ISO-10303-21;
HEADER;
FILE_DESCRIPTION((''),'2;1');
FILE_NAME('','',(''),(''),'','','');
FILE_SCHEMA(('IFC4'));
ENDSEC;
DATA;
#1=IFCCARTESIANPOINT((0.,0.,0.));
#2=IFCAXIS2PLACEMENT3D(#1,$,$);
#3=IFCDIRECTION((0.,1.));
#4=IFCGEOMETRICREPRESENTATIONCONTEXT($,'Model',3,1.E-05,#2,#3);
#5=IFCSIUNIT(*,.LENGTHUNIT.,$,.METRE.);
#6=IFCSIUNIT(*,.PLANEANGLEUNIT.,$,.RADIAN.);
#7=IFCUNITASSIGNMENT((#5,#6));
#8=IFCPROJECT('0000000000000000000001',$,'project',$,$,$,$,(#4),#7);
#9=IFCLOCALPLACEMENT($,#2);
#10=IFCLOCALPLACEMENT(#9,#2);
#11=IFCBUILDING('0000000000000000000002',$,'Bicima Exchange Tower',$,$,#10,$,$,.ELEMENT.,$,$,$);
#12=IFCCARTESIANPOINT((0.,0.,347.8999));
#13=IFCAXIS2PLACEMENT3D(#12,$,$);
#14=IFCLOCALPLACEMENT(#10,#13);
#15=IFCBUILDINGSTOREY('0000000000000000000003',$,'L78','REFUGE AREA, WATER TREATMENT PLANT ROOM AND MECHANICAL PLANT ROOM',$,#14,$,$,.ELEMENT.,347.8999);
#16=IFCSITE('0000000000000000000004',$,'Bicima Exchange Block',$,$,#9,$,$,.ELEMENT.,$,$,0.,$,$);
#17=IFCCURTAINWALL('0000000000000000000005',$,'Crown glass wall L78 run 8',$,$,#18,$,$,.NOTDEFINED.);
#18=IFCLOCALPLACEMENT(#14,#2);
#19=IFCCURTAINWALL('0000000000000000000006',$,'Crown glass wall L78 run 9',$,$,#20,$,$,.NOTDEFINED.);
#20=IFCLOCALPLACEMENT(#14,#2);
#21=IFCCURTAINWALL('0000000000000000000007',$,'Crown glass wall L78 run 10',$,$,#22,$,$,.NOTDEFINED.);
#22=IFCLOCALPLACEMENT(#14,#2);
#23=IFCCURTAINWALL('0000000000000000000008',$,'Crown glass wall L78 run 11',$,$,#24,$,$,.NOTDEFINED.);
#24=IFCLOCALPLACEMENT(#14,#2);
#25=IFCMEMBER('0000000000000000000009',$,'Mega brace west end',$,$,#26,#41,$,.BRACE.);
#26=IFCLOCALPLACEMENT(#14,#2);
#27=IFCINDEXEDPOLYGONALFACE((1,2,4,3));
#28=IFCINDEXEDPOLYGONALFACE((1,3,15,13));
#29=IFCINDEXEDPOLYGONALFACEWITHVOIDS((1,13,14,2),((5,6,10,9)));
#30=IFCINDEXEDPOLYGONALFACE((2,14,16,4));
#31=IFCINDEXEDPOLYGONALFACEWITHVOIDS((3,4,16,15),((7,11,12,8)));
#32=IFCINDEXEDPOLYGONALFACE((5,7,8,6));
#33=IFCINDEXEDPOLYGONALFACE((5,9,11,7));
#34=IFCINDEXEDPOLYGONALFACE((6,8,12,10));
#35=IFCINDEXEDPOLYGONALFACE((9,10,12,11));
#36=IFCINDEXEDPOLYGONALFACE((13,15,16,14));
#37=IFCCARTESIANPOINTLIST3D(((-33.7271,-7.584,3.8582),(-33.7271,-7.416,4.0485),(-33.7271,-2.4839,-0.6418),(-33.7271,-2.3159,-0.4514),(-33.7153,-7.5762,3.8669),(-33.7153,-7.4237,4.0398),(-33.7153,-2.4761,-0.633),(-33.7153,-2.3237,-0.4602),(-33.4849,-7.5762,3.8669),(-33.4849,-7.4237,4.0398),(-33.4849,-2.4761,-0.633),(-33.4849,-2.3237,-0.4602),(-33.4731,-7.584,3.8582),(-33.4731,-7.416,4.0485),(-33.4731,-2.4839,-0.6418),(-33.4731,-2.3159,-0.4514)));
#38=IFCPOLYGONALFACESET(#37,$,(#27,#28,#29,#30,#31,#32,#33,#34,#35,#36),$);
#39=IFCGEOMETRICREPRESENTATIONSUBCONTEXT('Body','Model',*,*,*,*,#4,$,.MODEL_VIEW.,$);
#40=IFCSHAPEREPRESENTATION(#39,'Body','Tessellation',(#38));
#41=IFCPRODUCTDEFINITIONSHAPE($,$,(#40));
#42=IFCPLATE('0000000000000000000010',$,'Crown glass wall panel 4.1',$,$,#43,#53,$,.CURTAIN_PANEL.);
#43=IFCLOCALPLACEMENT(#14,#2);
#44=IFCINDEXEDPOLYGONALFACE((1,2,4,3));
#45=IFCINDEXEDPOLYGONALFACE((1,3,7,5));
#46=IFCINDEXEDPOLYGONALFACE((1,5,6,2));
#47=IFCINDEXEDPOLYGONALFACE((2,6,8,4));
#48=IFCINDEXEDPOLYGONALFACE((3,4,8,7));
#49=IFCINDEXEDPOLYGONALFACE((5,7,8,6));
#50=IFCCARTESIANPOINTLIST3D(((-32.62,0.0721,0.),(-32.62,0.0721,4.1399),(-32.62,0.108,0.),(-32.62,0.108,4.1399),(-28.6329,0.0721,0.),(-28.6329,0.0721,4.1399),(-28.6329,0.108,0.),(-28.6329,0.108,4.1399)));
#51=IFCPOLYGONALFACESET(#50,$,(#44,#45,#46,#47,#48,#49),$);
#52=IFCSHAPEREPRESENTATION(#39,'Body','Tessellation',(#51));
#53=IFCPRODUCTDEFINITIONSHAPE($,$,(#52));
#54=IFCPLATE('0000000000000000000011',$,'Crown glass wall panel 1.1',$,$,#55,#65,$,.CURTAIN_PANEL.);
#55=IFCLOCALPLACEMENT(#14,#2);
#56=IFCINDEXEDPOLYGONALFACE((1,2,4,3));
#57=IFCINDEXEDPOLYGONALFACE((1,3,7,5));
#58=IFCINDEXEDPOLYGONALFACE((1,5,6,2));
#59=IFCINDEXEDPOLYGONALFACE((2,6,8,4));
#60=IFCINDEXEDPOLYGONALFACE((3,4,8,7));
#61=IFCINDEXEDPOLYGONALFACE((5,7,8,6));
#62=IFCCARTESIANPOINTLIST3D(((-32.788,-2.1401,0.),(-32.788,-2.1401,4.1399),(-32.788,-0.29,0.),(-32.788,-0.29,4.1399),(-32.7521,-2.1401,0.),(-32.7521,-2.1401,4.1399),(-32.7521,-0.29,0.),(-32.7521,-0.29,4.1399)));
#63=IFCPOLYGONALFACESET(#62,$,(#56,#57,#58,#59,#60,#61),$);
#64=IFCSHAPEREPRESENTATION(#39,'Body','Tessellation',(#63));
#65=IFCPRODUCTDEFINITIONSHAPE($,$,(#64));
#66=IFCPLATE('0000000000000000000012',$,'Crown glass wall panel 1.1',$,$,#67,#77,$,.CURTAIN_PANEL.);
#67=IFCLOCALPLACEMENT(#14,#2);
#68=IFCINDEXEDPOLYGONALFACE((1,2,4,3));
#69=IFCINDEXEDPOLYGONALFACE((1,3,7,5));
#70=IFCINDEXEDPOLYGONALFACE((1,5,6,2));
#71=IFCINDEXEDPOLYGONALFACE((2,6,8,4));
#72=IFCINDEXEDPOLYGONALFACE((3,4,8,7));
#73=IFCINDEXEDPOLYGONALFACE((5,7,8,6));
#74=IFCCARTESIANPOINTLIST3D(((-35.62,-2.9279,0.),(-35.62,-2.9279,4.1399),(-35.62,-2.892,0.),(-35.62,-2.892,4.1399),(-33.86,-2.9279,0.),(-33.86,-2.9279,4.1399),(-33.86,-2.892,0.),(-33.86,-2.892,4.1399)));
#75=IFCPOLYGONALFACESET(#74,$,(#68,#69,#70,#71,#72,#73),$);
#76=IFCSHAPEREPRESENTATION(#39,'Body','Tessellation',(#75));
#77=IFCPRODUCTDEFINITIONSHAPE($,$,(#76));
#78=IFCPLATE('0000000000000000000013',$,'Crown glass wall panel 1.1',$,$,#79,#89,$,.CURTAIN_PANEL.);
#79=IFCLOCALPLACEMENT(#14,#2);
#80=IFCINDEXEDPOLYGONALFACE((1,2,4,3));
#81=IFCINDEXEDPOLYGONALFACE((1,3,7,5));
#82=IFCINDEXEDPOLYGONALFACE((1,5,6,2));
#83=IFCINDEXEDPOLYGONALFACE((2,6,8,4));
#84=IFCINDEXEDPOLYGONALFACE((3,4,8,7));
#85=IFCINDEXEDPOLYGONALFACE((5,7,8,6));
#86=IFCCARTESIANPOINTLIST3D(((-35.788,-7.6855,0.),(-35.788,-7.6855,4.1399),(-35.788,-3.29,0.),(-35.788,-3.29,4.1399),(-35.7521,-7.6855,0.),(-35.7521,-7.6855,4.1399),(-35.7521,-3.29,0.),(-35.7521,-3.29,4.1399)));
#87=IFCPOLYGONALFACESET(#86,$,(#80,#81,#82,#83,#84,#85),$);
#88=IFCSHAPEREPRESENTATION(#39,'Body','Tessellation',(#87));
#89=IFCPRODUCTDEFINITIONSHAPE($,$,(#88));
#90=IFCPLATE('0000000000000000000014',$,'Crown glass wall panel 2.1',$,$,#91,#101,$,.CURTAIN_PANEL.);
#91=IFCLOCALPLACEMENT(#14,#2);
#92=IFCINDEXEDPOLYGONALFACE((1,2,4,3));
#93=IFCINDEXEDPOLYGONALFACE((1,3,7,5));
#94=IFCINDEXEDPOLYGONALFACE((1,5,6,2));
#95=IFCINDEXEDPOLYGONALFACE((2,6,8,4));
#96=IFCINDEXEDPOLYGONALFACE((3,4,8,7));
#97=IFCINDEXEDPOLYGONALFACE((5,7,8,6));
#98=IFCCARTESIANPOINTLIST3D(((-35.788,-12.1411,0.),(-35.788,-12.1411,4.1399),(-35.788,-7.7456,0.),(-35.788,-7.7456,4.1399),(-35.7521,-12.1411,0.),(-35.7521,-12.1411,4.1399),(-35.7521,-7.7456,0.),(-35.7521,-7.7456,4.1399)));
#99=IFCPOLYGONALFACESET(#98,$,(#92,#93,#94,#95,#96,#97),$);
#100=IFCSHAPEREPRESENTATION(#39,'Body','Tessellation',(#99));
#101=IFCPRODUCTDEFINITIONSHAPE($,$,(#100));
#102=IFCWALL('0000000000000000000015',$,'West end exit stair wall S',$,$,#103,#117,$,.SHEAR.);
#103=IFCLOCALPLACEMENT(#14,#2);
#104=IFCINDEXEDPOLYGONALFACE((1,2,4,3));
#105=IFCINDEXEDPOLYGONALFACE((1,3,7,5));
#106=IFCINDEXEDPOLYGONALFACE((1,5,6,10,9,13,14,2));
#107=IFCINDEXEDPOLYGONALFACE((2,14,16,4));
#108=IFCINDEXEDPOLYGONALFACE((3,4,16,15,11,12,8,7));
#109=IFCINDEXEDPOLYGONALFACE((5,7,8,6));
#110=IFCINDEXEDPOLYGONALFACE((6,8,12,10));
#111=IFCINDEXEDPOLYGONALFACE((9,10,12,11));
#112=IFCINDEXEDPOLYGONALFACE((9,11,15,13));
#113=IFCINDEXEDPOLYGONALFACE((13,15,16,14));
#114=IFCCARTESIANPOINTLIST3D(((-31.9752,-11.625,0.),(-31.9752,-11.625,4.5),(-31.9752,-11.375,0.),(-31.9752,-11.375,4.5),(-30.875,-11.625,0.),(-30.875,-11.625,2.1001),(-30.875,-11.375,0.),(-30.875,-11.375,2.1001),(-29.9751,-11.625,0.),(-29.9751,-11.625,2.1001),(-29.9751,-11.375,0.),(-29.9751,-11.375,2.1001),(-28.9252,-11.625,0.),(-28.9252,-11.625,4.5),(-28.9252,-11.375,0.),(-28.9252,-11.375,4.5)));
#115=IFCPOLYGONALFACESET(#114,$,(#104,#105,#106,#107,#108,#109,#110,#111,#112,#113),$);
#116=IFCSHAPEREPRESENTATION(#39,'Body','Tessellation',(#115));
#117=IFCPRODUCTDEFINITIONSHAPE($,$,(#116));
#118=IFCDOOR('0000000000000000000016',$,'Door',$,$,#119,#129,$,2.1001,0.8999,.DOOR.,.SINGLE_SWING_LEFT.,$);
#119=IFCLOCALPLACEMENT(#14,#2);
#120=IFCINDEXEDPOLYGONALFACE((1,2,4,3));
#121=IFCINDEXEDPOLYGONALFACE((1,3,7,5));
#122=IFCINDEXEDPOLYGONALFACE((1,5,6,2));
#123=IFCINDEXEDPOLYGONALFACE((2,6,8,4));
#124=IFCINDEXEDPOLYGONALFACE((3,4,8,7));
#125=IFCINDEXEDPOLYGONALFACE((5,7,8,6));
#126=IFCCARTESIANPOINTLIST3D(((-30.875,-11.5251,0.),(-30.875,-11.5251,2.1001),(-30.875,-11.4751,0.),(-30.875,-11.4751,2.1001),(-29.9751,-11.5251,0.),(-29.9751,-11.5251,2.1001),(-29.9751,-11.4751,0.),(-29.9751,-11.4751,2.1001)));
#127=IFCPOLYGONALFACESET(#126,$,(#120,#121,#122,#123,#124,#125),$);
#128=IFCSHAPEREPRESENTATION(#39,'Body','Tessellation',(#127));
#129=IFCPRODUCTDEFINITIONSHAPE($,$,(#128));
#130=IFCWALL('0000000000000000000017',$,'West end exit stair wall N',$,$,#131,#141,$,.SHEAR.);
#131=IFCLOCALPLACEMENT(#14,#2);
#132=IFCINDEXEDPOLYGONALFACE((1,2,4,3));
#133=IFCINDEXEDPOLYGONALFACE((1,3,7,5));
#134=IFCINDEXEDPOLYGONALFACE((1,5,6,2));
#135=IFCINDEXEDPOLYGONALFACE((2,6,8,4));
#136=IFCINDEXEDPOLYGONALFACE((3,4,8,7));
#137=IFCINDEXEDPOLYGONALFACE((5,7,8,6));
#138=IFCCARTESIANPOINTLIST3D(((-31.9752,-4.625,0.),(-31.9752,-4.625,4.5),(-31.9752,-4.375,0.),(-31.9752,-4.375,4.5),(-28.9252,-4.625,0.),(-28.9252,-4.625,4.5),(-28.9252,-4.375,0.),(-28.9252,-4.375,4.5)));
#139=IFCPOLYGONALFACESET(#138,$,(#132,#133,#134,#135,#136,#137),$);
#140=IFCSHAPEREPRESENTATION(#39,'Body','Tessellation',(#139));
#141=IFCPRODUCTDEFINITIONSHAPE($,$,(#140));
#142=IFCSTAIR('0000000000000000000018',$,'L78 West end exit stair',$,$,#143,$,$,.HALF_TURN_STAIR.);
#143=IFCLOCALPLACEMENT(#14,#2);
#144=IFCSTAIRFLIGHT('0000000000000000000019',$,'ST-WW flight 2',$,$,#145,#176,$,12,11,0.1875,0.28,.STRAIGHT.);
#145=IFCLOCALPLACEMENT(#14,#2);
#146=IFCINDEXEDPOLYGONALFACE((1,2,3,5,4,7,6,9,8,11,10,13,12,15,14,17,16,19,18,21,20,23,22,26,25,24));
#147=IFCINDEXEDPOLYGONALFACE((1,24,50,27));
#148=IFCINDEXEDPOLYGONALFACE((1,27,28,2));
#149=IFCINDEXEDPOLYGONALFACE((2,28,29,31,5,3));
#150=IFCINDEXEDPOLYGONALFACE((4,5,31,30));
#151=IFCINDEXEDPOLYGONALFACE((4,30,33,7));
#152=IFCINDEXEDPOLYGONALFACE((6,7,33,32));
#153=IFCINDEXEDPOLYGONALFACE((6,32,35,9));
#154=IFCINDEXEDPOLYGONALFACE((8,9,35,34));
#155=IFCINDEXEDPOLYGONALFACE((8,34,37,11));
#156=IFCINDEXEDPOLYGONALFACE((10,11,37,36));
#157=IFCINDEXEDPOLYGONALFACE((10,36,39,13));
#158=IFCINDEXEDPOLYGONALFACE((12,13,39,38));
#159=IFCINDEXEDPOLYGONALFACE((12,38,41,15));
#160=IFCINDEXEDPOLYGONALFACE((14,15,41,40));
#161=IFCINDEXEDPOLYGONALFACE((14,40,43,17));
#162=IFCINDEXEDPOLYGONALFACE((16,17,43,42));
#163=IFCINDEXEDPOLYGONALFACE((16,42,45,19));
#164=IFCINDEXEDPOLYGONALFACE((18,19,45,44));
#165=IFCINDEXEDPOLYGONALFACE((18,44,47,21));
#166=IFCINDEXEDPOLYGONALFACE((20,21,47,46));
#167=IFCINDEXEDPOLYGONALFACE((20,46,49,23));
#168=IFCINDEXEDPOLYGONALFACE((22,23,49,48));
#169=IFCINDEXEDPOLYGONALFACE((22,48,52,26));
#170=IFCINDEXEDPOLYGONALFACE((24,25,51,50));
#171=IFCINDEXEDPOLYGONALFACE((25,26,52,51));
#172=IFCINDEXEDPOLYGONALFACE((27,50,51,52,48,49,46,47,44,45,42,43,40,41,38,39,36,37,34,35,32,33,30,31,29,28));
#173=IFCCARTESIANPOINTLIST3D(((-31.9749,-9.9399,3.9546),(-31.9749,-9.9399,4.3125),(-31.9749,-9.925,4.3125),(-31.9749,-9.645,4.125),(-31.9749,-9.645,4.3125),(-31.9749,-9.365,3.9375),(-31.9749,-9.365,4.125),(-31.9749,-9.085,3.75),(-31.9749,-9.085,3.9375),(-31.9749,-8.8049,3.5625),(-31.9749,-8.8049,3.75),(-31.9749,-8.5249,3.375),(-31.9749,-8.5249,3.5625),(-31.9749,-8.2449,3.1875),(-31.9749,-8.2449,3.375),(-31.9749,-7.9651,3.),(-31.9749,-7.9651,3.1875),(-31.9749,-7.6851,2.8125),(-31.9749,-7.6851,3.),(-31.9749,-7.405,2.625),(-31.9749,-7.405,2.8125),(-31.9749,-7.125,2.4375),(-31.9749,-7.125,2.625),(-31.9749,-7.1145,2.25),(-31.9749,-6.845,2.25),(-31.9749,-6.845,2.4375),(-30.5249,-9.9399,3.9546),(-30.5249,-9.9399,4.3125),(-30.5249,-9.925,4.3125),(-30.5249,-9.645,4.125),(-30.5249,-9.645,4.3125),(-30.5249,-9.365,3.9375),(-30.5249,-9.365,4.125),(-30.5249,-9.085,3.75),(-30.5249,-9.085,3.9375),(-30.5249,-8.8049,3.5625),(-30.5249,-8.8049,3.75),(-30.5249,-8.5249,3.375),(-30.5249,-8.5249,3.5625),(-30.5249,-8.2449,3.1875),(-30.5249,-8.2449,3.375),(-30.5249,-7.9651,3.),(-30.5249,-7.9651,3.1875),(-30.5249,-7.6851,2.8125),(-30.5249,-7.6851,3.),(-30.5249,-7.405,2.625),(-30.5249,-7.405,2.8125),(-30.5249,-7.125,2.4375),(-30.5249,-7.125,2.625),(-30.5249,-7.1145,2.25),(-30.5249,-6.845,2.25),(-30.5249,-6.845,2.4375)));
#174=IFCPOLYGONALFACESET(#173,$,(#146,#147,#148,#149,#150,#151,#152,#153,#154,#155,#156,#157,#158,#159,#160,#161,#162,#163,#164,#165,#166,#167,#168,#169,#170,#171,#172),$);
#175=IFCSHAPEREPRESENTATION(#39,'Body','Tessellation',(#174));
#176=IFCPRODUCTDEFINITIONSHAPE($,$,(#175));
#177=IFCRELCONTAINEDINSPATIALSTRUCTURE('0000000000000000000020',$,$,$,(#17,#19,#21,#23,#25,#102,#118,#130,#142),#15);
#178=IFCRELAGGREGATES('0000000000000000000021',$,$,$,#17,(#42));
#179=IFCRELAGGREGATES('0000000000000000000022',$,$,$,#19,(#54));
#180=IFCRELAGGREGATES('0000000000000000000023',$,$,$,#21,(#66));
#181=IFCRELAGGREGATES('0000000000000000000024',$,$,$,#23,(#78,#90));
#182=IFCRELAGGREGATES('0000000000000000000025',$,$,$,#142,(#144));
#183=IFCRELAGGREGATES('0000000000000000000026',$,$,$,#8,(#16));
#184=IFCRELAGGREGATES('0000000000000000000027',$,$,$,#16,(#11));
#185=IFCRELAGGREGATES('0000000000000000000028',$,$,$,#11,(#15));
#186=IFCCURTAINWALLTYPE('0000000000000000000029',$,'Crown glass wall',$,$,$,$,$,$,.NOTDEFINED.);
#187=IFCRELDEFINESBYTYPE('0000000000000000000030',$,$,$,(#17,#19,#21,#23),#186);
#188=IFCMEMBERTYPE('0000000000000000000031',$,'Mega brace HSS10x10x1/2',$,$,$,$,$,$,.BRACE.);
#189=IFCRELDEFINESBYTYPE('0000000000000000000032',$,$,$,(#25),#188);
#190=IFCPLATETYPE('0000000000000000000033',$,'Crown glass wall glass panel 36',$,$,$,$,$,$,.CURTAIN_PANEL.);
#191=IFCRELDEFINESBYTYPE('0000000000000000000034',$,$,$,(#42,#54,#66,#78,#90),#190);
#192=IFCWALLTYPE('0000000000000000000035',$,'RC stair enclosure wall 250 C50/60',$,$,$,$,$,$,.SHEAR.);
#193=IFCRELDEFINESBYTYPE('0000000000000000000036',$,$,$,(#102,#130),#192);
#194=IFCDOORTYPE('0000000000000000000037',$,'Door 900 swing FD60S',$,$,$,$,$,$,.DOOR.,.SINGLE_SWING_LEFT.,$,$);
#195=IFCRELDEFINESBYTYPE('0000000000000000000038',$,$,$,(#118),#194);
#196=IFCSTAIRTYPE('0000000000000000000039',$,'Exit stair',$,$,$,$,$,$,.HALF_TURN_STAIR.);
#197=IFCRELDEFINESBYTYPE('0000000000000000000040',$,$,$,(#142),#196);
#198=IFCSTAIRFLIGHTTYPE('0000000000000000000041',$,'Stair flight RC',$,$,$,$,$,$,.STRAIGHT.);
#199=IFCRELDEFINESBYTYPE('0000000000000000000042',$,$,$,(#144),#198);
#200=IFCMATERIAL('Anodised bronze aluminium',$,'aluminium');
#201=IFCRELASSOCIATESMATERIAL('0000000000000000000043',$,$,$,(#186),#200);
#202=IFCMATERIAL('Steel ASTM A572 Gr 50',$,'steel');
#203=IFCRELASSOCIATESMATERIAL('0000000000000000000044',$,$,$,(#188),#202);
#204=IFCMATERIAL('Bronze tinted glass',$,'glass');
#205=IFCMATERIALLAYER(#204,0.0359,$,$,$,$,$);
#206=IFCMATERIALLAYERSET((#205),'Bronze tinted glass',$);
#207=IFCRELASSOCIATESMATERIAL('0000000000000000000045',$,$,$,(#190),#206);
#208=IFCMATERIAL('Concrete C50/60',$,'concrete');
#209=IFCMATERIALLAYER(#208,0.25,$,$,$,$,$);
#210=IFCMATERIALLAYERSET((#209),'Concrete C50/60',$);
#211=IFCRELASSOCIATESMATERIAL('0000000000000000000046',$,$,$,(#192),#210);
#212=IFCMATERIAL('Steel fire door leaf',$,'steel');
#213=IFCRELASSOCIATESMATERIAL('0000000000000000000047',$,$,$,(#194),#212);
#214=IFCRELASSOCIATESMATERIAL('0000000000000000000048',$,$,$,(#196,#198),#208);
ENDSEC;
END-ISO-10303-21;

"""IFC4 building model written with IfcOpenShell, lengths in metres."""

from ifc_helpers import new_model, si_unit, direction, frame, frame_2d, origin, origin_2d, place, context, subcontext, project, spatial, polyline, rectangle, hollow_rectangle, outline, extrude, material, layer, layer_set, material_profile, profile_set, type_object, element, fill, aggregate, save


model = new_model("IFC4")

# Units and contexts
model_context = context("Model", 3, precision=1e-05, world=origin(), true_north=direction((0.0, 1.0)))
body_context = subcontext(model_context, "Body", "Model", "MODEL_VIEW")
ifc_project = project(units=[si_unit("LENGTHUNIT", "METRE"), si_unit("PLANEANGLEUNIT", "RADIAN")], contexts=[model_context])

# Site, building, storey
site_placement = place(None, origin())
site = spatial("IfcSite", under=ifc_project, at=site_placement, Name="Bicima Exchange Block", CompositionType="ELEMENT", RefElevation=0.0)
building_placement = place(site_placement, origin())
building = spatial("IfcBuilding", under=site, at=building_placement, Name="Bicima Exchange Tower", CompositionType="ELEMENT")
storey_placement = place(building_placement, frame((0.0, 0.0, 347.8999)))
storey = spatial("IfcBuildingStorey", under=building, at=storey_placement, Name="L78", Description="REFUGE AREA, WATER TREATMENT PLANT ROOM AND MECHANICAL PLANT ROOM", CompositionType="ELEMENT", Elevation=347.8999)

# Shared definitions
ifc_material_1 = material(Name="Steel ASTM A572 Gr 50", Category="steel")

# Curtain wall
ifc_material_2 = material(Name="Anodised bronze aluminium", Category="aluminium")
curtain_wall_type = type_object("IfcCurtainWallType", Name="Crown glass wall", PredefinedType="NOTDEFINED", material=ifc_material_2)
curtain_wall_1_placement = place(storey_placement, origin())
curtain_wall_1 = element("IfcCurtainWall", 1, at=curtain_wall_1_placement, inside=storey, type_object=curtain_wall_type, Name="Crown glass wall L78 run 8", PredefinedType="NOTDEFINED")

# Curtain walls
curtain_wall_2_placement = place(storey_placement, origin())
curtain_wall_2 = element("IfcCurtainWall", 2, at=curtain_wall_2_placement, inside=storey, type_object=curtain_wall_type, Name="Crown glass wall L78 run 9", PredefinedType="NOTDEFINED")
curtain_wall_3_placement = place(storey_placement, origin())
curtain_wall_3 = element("IfcCurtainWall", 3, at=curtain_wall_3_placement, inside=storey, type_object=curtain_wall_type, Name="Crown glass wall L78 run 10", PredefinedType="NOTDEFINED")
curtain_wall_4_placement = place(storey_placement, origin())
curtain_wall_4 = element("IfcCurtainWall", 4, at=curtain_wall_4_placement, inside=storey, type_object=curtain_wall_type, Name="Crown glass wall L78 run 11", PredefinedType="NOTDEFINED")

# Member
ifc_material_profile_1 = material_profile(ifc_material_1, hollow_rectangle(XDim=0.2539, YDim=0.2539, WallThickness=0.0117, at=origin_2d()))
ifc_profile_set_1 = profile_set([ifc_material_profile_1], Name="Steel ASTM A572 Gr 50")
member_type_1 = type_object("IfcMemberType", Name="Mega brace HSS10x10x1/2", PredefinedType="BRACE", material=ifc_profile_set_1)
member_1_placement = place(storey_placement, frame((-33.6001, -2.3999, -0.5466), z_axis=(0.0, -0.749844, 0.661615), x_axis=(1.0, 0.0, 0.0)))
element("IfcMember", 5, at=member_1_placement, inside=storey, type_object=member_type_1, Name="Mega brace west end", PredefinedType="BRACE", context=body_context, shape_type="SweptSolid", body=[
    extrude(hollow_rectangle(XDim=0.2539, YDim=0.2539, WallThickness=0.0117, at=origin_2d()), origin(), (0.0, 0.0, 1.0), 6.8015),
])

# Plates
ifc_material_3 = material(Name="Bronze tinted glass", Category="glass")
ifc_layer_1 = layer(ifc_material_3, 0.0359)
ifc_layer_set_1 = layer_set([ifc_layer_1], Name="Bronze tinted glass")
plate_type = type_object("IfcPlateType", Name="Crown glass wall glass panel 36", PredefinedType="CURTAIN_PANEL", material=ifc_layer_set_1)
plate_1_placement = place(storey_placement, frame((-30.6265, 0.0901, 0.0), z_axis=(0.0, 0.0, 1.0), x_axis=(-1.0, 0.0, 0.0)))
plate_1 = element("IfcPlate", 6, at=plate_1_placement, type_object=plate_type, Name="Crown glass wall panel 4.1", PredefinedType="CURTAIN_PANEL", context=body_context, shape_type="SweptSolid", body=[
    extrude(rectangle(XDim=3.9871, YDim=0.0359, at=origin_2d()), origin(), (0.0, 0.0, 1.0), 4.1399),
])
aggregate(curtain_wall_1, [plate_1])
plate_2_placement = place(storey_placement, frame((-32.77, -1.2151, 0.0), z_axis=(0.0, 0.0, 1.0), x_axis=(0.0, -1.0, 0.0)))
plate_2 = element("IfcPlate", 7, at=plate_2_placement, type_object=plate_type, Name="Crown glass wall panel 1.1", PredefinedType="CURTAIN_PANEL", context=body_context, shape_type="SweptSolid", body=[
    extrude(rectangle(XDim=1.8501, YDim=0.0359, at=origin_2d()), origin(), (0.0, 0.0, 1.0), 4.1399),
])
aggregate(curtain_wall_2, [plate_2])
plate_3_placement = place(storey_placement, frame((-34.74, -2.9099, 0.0), z_axis=(0.0, 0.0, 1.0), x_axis=(-1.0, 0.0, 0.0)))
plate_3 = element("IfcPlate", 8, at=plate_3_placement, type_object=plate_type, Name="Crown glass wall panel 1.1", PredefinedType="CURTAIN_PANEL", context=body_context, shape_type="SweptSolid", body=[
    extrude(rectangle(XDim=1.76, YDim=0.0359, at=origin_2d()), origin(), (0.0, 0.0, 1.0), 4.1399),
])
aggregate(curtain_wall_3, [plate_3])
plate_4_placement = place(storey_placement, frame((-35.77, -5.4878, 0.0), z_axis=(0.0, 0.0, 1.0), x_axis=(0.0, -1.0, 0.0)))
plate_4 = element("IfcPlate", 9, at=plate_4_placement, type_object=plate_type, Name="Crown glass wall panel 1.1", PredefinedType="CURTAIN_PANEL", context=body_context, shape_type="SweptSolid", body=[
    extrude(rectangle(XDim=4.3955, YDim=0.0359, at=origin_2d()), origin(), (0.0, 0.0, 1.0), 4.1399),
])
plate_5_placement = place(storey_placement, frame((-35.77, -9.9434, 0.0), z_axis=(0.0, 0.0, 1.0), x_axis=(0.0, -1.0, 0.0)))
plate_5 = element("IfcPlate", 10, at=plate_5_placement, type_object=plate_type, Name="Crown glass wall panel 2.1", PredefinedType="CURTAIN_PANEL", context=body_context, shape_type="SweptSolid", body=[
    extrude(rectangle(XDim=4.3955, YDim=0.0359, at=origin_2d()), origin(), (0.0, 0.0, 1.0), 4.1399),
])
aggregate(curtain_wall_4, [plate_4, plate_5])

# Wall, opening, door
ifc_material_4 = material(Name="Concrete C50/60", Category="concrete")
ifc_layer_2 = layer(ifc_material_4, 0.25)
ifc_layer_set_2 = layer_set([ifc_layer_2], Name="Concrete C50/60")
wall_type = type_object("IfcWallType", Name="RC stair enclosure wall 250 C50/60", PredefinedType="SHEAR", material=ifc_layer_set_2)
wall_1_placement = place(storey_placement, frame((-31.9751, -11.5, 0.0), z_axis=(0.0, 0.0, 1.0), x_axis=(1.0, 0.0, 0.0)))
wall_1 = element("IfcWall", 11, at=wall_1_placement, inside=storey, type_object=wall_type, Name="West end exit stair wall S", PredefinedType="SHEAR", context=body_context, shape_type="SweptSolid", body=[
    extrude(rectangle(XDim=3.05, YDim=0.25, at=frame_2d((1.5249, 0.0))), origin(), (0.0, 0.0, 1.0), 4.5),
])
opening_placement = place(wall_1_placement, frame((1.1001, 0.0, 0.0)))
opening = element("IfcOpeningElement", 12, at=opening_placement, cuts=wall_1, PredefinedType="OPENING", context=body_context, shape_type="SweptSolid", body=[
    extrude(rectangle(XDim=0.8999, YDim=2.1001, at=frame_2d((0.45, 1.05))), frame((0.0, 0.137, 0.0), z_axis=(0.0, -1.0, 0.0), x_axis=(1.0, 0.0, 0.0)), (0.0, 0.0, 1.0), 0.2739),
])
ifc_material_5 = material(Name="Steel fire door leaf", Category="steel")
door_type = type_object("IfcDoorType", Name="Door 900 swing FD60S", OperationType="SINGLE_SWING_LEFT", PredefinedType="DOOR", material=ifc_material_5)
door_placement = place(opening_placement, origin())
door = element("IfcDoor", 13, at=door_placement, inside=storey, type_object=door_type, Name="Door", OperationType="SINGLE_SWING_LEFT", OverallHeight=2.1001, OverallWidth=0.8999, PredefinedType="DOOR", context=body_context, shape_type="SweptSolid", body=[
    extrude(rectangle(XDim=0.8999, YDim=2.1001, at=frame_2d((0.45, 1.05))), frame((0.0, 0.0249, 0.0), z_axis=(0.0, -1.0, 0.0), x_axis=(1.0, 0.0, 0.0)), (0.0, 0.0, 1.0), 0.05),
])
fill(opening, door)

# Wall
wall_2_placement = place(storey_placement, frame((-31.9751, -4.5, 0.0), z_axis=(0.0, 0.0, 1.0), x_axis=(1.0, 0.0, 0.0)))
element("IfcWall", 14, at=wall_2_placement, inside=storey, type_object=wall_type, Name="West end exit stair wall N", PredefinedType="SHEAR", context=body_context, shape_type="SweptSolid", body=[
    extrude(rectangle(XDim=3.05, YDim=0.25, at=frame_2d((1.5249, 0.0))), origin(), (0.0, 0.0, 1.0), 4.5),
])

# Stair, stair flight
stair_type = type_object("IfcStairType", Name="Exit stair", PredefinedType="HALF_TURN_STAIR", material=ifc_material_4)
stair_placement = place(storey_placement, origin())
stair = element("IfcStair", 15, at=stair_placement, inside=storey, type_object=stair_type, Name="L78 West end exit stair", PredefinedType="HALF_TURN_STAIR")
stair_flight_type = type_object("IfcStairFlightType", Name="Stair flight RC", PredefinedType="STRAIGHT", material=ifc_material_4)
stair_flight_placement = place(storey_placement, frame((-31.25, -6.845, 2.25), z_axis=(0.0, 0.0, 1.0), x_axis=(0.0, -1.0, 0.0)))
stair_flight = element("IfcStairFlight", 16, at=stair_flight_placement, type_object=stair_flight_type, Name="ST-WW flight 2", NumberOfRisers=12, NumberOfTreads=11, PredefinedType="STRAIGHT", RiserHeight=0.1875, TreadLength=0.28, context=body_context, shape_type="SweptSolid", body=[
    extrude(outline(polyline([(0.0, 0.0), (0.0, 0.1875), (0.28, 0.1875), (0.28, 0.375), (0.5601, 0.375), (0.5601, 0.5625), (0.8401, 0.5625), (0.8401, 0.75), (1.1201, 0.75), (1.1201, 0.9375), (1.3999, 0.9375), (1.3999, 1.125), (1.6799, 1.125), (1.6799, 1.3125), (1.96, 1.3125), (1.96, 1.5), (2.24, 1.5), (2.24, 1.6875), (2.52, 1.6875), (2.52, 1.875), (2.8, 1.875), (2.8, 2.0625), (3.0801, 2.0625), (3.095, 2.0625), (3.095, 1.7046), (0.2695, 0.0), (0.0, 0.0)])), frame((0.0, 0.7251, 0.0), z_axis=(0.0, -1.0, 0.0), x_axis=(1.0, 0.0, 0.0)), (0.0, 0.0, 1.0), 1.45),
])
aggregate(stair, [stair_flight])

save(model, "model.ifc")
